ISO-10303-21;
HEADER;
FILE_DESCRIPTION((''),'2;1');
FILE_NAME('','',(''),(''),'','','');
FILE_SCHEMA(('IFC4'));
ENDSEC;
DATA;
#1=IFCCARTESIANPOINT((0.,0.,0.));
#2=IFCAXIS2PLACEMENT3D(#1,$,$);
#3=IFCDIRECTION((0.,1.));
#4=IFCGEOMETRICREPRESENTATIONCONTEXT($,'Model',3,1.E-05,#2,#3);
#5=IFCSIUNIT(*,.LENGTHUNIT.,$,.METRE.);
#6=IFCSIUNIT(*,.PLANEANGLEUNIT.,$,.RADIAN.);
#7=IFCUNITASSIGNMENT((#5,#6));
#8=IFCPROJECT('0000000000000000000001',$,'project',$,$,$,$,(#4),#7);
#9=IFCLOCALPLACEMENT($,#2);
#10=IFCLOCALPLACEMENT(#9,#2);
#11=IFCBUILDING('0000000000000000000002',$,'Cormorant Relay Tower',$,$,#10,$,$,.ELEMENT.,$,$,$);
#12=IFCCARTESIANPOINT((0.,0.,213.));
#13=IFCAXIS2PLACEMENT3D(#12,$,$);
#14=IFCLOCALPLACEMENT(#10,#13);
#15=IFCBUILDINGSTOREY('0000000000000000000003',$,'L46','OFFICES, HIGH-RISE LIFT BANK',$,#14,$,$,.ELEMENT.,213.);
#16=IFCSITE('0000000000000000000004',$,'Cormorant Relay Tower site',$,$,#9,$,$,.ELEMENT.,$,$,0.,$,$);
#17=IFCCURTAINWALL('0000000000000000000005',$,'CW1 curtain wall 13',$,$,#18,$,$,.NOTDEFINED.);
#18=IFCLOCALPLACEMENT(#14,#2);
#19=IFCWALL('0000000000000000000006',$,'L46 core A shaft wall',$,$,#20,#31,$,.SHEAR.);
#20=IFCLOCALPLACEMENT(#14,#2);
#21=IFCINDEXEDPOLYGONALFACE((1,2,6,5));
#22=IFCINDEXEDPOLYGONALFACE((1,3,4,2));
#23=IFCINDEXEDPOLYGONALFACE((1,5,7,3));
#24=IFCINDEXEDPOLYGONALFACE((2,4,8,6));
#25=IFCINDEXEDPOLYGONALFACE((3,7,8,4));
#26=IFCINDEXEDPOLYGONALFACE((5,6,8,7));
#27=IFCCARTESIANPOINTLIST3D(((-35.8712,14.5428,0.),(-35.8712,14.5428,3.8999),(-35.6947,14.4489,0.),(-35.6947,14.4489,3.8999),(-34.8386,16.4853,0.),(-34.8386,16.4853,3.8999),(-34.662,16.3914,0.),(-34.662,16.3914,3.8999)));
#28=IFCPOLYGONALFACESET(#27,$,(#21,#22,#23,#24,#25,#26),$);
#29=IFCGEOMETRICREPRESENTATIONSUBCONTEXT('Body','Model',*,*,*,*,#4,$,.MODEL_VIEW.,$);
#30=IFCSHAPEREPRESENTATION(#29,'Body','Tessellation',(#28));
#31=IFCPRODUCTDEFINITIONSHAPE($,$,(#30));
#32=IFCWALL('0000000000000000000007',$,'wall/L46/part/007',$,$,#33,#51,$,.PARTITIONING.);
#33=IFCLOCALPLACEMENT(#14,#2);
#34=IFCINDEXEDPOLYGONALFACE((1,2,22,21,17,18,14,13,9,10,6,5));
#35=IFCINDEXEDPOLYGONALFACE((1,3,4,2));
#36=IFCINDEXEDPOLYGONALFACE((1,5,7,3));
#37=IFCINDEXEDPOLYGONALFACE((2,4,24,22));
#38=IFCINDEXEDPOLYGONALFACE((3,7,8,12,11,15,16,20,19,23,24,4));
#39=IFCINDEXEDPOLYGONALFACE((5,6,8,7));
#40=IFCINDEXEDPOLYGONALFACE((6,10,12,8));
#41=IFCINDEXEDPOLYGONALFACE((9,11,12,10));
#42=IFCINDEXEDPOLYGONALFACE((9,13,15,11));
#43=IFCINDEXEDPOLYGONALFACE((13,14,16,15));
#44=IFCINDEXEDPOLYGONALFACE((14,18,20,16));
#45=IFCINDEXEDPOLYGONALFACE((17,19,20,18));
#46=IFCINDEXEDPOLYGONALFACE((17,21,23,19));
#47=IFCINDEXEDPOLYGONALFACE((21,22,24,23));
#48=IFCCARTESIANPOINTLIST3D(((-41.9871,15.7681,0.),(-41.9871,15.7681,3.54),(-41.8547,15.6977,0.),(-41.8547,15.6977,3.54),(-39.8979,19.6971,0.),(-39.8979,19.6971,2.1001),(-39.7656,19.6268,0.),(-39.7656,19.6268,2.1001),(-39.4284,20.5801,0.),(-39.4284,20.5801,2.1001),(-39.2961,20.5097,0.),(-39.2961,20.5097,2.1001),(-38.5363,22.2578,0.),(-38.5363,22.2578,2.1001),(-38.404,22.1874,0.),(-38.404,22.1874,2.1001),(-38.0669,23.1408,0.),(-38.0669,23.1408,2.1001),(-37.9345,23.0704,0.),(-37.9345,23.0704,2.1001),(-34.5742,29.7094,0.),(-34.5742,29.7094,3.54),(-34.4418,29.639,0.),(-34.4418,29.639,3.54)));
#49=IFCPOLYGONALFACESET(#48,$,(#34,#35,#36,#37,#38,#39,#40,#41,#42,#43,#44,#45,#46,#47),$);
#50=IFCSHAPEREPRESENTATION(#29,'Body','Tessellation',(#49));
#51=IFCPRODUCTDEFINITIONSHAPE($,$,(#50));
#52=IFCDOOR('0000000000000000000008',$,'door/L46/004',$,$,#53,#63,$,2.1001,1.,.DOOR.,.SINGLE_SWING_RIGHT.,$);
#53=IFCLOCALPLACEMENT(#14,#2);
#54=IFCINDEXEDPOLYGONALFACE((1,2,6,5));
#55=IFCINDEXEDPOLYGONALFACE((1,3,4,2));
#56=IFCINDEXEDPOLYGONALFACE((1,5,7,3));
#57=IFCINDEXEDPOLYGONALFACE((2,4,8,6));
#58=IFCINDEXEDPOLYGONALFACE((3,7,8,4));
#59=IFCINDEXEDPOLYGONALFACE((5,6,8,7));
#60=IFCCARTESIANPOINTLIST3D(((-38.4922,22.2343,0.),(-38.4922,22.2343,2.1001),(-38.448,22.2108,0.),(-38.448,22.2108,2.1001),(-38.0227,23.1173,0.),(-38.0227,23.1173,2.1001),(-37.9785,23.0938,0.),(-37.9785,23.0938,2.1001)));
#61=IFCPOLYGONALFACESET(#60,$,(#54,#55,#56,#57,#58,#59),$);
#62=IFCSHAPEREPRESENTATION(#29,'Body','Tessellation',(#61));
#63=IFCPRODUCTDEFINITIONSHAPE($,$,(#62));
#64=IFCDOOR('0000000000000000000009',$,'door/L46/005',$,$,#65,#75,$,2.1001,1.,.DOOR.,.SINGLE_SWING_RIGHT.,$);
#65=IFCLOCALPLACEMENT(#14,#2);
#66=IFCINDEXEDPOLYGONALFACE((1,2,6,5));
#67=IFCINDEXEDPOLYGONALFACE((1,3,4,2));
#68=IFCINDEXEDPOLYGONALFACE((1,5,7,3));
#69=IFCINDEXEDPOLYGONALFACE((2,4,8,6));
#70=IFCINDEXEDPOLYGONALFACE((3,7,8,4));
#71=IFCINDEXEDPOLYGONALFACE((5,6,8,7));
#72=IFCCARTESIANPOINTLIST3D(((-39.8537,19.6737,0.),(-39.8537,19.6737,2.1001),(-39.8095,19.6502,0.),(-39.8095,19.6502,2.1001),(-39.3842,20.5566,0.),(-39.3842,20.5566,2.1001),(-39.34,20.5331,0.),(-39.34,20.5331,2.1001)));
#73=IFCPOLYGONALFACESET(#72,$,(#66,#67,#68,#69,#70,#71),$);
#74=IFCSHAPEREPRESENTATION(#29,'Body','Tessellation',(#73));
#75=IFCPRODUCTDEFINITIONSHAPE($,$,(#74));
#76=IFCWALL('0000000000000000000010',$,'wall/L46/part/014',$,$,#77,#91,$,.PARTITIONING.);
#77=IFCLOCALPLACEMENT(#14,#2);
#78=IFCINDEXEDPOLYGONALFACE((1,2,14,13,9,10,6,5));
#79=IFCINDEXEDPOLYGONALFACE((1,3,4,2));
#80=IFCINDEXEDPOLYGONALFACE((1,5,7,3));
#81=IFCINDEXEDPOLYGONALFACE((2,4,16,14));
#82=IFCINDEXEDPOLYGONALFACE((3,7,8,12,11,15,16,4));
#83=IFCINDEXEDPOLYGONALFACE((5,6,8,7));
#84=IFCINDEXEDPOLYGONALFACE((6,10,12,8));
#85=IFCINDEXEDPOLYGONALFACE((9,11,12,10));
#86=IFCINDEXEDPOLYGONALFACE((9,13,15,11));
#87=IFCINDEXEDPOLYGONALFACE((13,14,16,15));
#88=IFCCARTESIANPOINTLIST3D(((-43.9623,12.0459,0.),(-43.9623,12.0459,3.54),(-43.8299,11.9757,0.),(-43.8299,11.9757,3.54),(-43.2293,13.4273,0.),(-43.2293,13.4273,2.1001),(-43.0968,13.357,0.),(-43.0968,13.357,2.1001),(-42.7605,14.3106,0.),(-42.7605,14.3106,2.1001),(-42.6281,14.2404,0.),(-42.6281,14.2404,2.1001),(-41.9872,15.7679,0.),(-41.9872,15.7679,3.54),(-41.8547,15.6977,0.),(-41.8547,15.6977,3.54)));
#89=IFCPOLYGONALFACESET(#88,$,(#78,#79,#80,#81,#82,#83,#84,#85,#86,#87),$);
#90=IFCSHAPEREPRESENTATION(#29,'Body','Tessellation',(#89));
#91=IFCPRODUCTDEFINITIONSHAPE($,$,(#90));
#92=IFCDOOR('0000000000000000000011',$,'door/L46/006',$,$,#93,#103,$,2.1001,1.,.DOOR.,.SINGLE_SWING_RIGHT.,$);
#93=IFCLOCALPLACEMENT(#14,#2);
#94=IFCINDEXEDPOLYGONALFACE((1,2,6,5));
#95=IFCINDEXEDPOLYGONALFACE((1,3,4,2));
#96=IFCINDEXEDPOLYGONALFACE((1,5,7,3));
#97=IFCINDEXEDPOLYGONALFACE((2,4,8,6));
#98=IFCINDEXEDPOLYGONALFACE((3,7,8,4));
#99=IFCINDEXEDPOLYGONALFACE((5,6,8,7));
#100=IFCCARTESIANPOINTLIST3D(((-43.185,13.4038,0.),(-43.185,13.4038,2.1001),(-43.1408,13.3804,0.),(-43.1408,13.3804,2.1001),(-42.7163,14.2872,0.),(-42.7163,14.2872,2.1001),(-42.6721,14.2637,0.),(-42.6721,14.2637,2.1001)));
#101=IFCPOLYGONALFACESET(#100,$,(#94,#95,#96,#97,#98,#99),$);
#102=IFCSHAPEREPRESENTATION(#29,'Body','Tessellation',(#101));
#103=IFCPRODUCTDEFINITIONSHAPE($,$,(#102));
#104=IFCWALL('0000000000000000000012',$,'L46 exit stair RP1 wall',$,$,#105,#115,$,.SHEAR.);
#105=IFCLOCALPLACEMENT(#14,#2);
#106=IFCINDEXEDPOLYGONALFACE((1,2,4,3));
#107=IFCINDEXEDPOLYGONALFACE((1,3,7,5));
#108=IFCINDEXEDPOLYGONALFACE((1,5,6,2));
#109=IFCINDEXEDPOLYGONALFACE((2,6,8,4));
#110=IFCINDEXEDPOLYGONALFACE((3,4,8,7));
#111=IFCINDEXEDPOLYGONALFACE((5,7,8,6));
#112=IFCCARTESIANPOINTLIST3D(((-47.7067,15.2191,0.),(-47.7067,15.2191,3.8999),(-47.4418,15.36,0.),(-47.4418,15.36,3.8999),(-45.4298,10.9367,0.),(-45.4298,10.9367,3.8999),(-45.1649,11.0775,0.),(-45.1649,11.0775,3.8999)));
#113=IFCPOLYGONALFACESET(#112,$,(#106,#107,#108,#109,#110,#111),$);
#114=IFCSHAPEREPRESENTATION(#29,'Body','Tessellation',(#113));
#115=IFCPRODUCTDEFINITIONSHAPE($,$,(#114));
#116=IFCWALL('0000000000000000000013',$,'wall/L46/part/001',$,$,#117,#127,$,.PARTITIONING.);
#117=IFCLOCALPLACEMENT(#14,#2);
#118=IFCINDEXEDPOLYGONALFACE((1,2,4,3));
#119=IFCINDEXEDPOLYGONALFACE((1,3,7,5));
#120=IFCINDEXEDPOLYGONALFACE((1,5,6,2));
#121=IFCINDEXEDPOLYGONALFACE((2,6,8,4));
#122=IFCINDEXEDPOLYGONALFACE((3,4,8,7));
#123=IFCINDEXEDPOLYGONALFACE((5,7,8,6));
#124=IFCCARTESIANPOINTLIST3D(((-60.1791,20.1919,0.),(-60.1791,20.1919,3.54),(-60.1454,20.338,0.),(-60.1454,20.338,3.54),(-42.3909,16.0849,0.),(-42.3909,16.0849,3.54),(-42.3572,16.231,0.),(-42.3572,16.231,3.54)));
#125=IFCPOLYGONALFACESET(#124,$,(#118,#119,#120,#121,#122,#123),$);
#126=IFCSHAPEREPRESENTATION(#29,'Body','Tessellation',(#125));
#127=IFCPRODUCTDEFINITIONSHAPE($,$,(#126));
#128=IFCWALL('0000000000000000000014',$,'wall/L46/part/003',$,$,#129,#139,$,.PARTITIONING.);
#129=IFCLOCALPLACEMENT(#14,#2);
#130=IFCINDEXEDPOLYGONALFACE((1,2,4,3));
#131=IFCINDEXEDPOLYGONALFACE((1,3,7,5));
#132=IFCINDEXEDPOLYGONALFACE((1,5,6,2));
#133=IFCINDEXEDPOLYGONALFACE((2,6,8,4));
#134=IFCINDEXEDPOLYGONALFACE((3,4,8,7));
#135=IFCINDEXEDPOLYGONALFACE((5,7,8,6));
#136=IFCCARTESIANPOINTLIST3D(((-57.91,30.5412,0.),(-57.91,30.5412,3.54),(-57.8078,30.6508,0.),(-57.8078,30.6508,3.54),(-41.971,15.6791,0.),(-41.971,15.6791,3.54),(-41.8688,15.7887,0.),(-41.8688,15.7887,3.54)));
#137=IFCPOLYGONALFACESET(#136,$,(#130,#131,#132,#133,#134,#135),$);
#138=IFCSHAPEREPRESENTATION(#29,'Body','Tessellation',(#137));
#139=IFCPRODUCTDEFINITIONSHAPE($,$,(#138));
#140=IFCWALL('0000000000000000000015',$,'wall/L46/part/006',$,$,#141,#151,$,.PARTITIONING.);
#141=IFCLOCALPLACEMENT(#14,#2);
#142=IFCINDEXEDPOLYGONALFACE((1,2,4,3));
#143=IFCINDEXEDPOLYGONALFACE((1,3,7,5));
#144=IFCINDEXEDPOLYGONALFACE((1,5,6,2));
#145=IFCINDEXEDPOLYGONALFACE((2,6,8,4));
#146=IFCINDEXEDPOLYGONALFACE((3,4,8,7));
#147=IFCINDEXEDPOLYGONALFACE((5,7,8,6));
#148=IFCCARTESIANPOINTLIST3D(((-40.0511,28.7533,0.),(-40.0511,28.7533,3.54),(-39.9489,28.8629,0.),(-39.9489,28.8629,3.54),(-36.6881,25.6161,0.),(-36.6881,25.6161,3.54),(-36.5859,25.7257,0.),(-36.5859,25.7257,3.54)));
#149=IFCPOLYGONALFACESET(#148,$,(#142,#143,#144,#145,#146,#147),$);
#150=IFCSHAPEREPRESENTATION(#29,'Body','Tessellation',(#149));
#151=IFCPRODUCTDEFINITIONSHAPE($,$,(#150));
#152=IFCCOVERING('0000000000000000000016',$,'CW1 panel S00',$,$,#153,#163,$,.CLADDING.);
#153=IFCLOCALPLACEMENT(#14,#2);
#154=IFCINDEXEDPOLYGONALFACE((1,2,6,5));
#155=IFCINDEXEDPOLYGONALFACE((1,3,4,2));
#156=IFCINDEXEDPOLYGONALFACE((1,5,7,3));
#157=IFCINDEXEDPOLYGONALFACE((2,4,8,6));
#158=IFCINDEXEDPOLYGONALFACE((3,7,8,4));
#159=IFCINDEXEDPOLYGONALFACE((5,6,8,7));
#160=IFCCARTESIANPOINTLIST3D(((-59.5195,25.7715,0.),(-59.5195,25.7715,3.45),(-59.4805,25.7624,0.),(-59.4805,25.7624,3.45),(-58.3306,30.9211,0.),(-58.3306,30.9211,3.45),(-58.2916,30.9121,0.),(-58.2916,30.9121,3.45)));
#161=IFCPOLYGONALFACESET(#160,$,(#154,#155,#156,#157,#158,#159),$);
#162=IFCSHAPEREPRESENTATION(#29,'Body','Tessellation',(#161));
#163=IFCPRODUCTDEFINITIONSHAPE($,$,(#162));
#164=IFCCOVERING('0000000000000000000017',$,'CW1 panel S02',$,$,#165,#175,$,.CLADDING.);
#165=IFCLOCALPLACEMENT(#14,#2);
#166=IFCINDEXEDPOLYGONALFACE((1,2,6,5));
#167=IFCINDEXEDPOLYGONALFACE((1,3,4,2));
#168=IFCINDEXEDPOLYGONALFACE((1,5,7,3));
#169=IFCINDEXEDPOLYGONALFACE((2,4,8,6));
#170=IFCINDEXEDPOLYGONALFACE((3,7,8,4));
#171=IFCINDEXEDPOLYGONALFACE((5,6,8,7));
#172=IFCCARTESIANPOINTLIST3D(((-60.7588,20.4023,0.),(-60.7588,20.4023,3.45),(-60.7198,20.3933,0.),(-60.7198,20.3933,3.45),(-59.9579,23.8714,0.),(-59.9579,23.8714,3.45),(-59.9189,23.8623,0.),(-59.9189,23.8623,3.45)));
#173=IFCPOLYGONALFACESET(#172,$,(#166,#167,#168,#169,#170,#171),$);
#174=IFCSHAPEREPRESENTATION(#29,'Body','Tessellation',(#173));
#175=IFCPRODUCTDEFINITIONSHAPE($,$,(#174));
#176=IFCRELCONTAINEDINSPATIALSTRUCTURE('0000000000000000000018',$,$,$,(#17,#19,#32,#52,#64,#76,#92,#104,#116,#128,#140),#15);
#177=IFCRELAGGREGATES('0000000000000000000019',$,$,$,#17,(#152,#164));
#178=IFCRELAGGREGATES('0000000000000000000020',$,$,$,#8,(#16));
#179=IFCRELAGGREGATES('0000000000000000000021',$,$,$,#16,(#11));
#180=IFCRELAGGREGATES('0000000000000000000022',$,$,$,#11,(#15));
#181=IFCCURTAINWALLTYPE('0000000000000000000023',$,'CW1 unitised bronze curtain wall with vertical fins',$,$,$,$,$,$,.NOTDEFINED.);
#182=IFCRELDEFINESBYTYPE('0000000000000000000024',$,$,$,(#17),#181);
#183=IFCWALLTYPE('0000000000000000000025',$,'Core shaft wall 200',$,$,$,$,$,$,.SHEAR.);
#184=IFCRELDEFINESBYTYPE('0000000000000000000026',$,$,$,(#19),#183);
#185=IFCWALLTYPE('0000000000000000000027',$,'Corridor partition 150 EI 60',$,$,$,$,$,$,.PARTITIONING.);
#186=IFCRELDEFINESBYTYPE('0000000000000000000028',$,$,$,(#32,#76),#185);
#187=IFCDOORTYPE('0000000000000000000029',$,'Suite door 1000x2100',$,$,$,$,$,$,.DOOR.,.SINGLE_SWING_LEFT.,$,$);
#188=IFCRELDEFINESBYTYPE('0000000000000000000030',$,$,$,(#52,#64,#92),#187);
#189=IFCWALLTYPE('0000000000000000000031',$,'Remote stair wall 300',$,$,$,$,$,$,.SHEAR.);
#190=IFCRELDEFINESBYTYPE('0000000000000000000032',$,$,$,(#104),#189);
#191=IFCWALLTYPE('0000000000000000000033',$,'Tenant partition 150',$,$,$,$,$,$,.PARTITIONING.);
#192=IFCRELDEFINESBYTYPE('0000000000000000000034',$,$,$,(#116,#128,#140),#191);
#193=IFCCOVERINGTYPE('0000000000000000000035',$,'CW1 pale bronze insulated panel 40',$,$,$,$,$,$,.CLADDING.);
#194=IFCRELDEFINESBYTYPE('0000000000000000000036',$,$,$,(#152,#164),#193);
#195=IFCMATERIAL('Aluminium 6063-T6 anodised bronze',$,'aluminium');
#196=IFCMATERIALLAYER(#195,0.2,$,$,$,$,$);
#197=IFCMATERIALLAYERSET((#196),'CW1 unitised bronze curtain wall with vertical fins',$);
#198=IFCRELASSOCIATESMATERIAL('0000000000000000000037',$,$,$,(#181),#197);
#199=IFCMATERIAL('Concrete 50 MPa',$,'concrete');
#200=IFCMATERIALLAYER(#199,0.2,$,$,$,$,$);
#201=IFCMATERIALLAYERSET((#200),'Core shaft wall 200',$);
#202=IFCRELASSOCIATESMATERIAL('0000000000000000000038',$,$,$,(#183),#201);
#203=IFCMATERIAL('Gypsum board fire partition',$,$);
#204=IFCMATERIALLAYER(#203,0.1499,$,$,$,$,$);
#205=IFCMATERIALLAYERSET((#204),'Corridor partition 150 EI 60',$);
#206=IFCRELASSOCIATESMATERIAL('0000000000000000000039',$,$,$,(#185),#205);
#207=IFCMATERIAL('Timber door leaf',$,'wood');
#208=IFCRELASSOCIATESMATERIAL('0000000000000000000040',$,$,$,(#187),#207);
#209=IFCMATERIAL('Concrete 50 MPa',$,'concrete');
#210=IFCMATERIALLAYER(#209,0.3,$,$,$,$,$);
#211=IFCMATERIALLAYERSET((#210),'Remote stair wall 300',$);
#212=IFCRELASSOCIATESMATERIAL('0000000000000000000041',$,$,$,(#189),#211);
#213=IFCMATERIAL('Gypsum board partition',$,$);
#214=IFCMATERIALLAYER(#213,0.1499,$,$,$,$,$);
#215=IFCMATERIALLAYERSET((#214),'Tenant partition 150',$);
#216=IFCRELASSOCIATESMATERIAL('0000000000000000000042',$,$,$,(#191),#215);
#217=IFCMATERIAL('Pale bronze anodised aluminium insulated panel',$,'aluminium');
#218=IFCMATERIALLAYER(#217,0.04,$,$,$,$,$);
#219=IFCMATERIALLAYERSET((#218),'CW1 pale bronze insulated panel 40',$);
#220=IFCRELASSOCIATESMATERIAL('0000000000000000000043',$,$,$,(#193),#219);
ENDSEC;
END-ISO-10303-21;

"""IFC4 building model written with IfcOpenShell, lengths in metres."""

from ifc_helpers import new_model, si_unit, direction, frame, frame_2d, origin, origin_2d, place, context, subcontext, project, spatial, rectangle, extrude, material, layer, layer_set, type_object, element, fill, aggregate, save


model = new_model("IFC4")

# Units and contexts
model_context = context("Model", 3, precision=1e-05, world=origin(), true_north=direction((0.0, 1.0)))
body_context = subcontext(model_context, "Body", "Model", "MODEL_VIEW")
ifc_project = project(units=[si_unit("LENGTHUNIT", "METRE"), si_unit("PLANEANGLEUNIT", "RADIAN")], contexts=[model_context])

# Site, building, storey
site_placement = place(None, origin())
site = spatial("IfcSite", under=ifc_project, at=site_placement, Name="Cormorant Relay Tower site", CompositionType="ELEMENT", RefElevation=0.0)
building_placement = place(site_placement, origin())
building = spatial("IfcBuilding", under=site, at=building_placement, Name="Cormorant Relay Tower", CompositionType="ELEMENT")
storey_placement = place(building_placement, frame((0.0, 0.0, 213.0)))
storey = spatial("IfcBuildingStorey", under=building, at=storey_placement, Name="L46", Description="OFFICES, HIGH-RISE LIFT BANK", CompositionType="ELEMENT", Elevation=213.0)

# Curtain wall
ifc_material_1 = material(Name="Aluminium 6063-T6 anodised bronze", Category="aluminium")
ifc_layer_1 = layer(ifc_material_1, 0.2)
ifc_layer_set_1 = layer_set([ifc_layer_1], Name="CW1 unitised bronze curtain wall with vertical fins")
curtain_wall_type = type_object("IfcCurtainWallType", Name="CW1 unitised bronze curtain wall with vertical fins", PredefinedType="NOTDEFINED", material=ifc_layer_set_1)
curtain_wall_1_placement = place(storey_placement, origin())
curtain_wall_1 = element("IfcCurtainWall", 1, at=curtain_wall_1_placement, inside=storey, type_object=curtain_wall_type, Name="CW1 curtain wall 13", PredefinedType="NOTDEFINED")

# Wall
ifc_material_2 = material(Name="Concrete 50 MPa", Category="concrete")
ifc_layer_2 = layer(ifc_material_2, 0.2)
ifc_layer_set_2 = layer_set([ifc_layer_2], Name="Core shaft wall 200")
wall_type_1 = type_object("IfcWallType", Name="Core shaft wall 200", PredefinedType="SHEAR", material=ifc_layer_set_2)
wall_1_placement = place(storey_placement, frame((-34.7502, 16.4385, 0.0), z_axis=(0.0, 0.0, 1.0), x_axis=(-0.469401, -0.882985, 0.0)))
element("IfcWall", 2, at=wall_1_placement, inside=storey, type_object=wall_type_1, Name="L46 core A shaft wall", PredefinedType="SHEAR", context=body_context, shape_type="SweptSolid", body=[
    extrude(rectangle(XDim=2.2, YDim=0.2, at=frame_2d((1.1001, 0.0))), origin(), (0.0, 0.0, 1.0), 3.8999),
])

# Wall, openings, doors
ifc_material_3 = material(Name="Gypsum board fire partition")
ifc_layer_3 = layer(ifc_material_3, 0.1499)
ifc_layer_set_3 = layer_set([ifc_layer_3], Name="Corridor partition 150 EI 60")
wall_type_2 = type_object("IfcWallType", Name="Corridor partition 150 EI 60", PredefinedType="PARTITIONING", material=ifc_layer_set_3)
wall_2_placement = place(storey_placement, frame((-41.9209, 15.7329, 0.0), z_axis=(0.0, 0.0, 1.0), x_axis=(0.469481, 0.882942, 0.0)))
wall_2 = element("IfcWall", 3, at=wall_2_placement, inside=storey, type_object=wall_type_2, Name="wall/L46/part/007", PredefinedType="PARTITIONING", context=body_context, shape_type="SweptSolid", body=[
    extrude(rectangle(XDim=15.7896, YDim=0.1499, at=frame_2d((7.8948, 0.0))), origin(), (0.0, 0.0, 1.0), 3.54),
])
opening_1_placement = place(wall_2_placement, frame((7.3501, 0.0, 0.0)))
opening_1 = element("IfcOpeningElement", 4, at=opening_1_placement, cuts=wall_2, PredefinedType="OPENING", context=body_context, shape_type="SweptSolid", body=[
    extrude(rectangle(XDim=1.0, YDim=2.1001, at=frame_2d((0.5, 1.05))), frame((0.0, 0.085, 0.0), z_axis=(0.0, -1.0, 0.0), x_axis=(1.0, 0.0, 0.0)), (0.0, 0.0, 1.0), 0.1699),
])
opening_2_placement = place(wall_2_placement, frame((4.45, 0.0, 0.0)))
opening_2 = element("IfcOpeningElement", 5, at=opening_2_placement, cuts=wall_2, PredefinedType="OPENING", context=body_context, shape_type="SweptSolid", body=[
    extrude(rectangle(XDim=1.0, YDim=2.1001, at=frame_2d((0.5, 1.05))), frame((0.0, 0.085, 0.0), z_axis=(0.0, -1.0, 0.0), x_axis=(1.0, 0.0, 0.0)), (0.0, 0.0, 1.0), 0.1699),
])
ifc_material_4 = material(Name="Timber door leaf", Category="wood")
door_type = type_object("IfcDoorType", Name="Suite door 1000x2100", OperationType="SINGLE_SWING_LEFT", PredefinedType="DOOR", material=ifc_material_4)
door_1_placement = place(opening_1_placement, origin())
door_1 = element("IfcDoor", 6, at=door_1_placement, inside=storey, type_object=door_type, Name="door/L46/004", OperationType="SINGLE_SWING_RIGHT", OverallHeight=2.1001, OverallWidth=1.0, PredefinedType="DOOR", context=body_context, shape_type="SweptSolid", body=[
    extrude(rectangle(XDim=1.0, YDim=2.1001, at=frame_2d((0.5, 1.05))), frame((0.0, 0.0249, 0.0), z_axis=(0.0, -1.0, 0.0), x_axis=(1.0, 0.0, 0.0)), (0.0, 0.0, 1.0), 0.05),
])
fill(opening_1, door_1)
door_2_placement = place(opening_2_placement, origin())
door_2 = element("IfcDoor", 7, at=door_2_placement, inside=storey, type_object=door_type, Name="door/L46/005", OperationType="SINGLE_SWING_RIGHT", OverallHeight=2.1001, OverallWidth=1.0, PredefinedType="DOOR", context=body_context, shape_type="SweptSolid", body=[
    extrude(rectangle(XDim=1.0, YDim=2.1001, at=frame_2d((0.5, 1.05))), frame((0.0, 0.0249, 0.0), z_axis=(0.0, -1.0, 0.0), x_axis=(1.0, 0.0, 0.0)), (0.0, 0.0, 1.0), 0.05),
])
fill(opening_2, door_2)

# Wall, opening, door
wall_3_placement = place(storey_placement, frame((-41.9209, 15.7329, 0.0), z_axis=(0.0, 0.0, 1.0), x_axis=(-0.468753, -0.883329, 0.0)))
wall_3 = element("IfcWall", 8, at=wall_3_placement, inside=storey, type_object=wall_type_2, Name="wall/L46/part/014", PredefinedType="PARTITIONING", context=body_context, shape_type="SweptSolid", body=[
    extrude(rectangle(XDim=4.2136, YDim=0.1499, at=frame_2d((2.1069, 0.0))), origin(), (0.0, 0.0, 1.0), 3.54),
])
opening_3_placement = place(wall_3_placement, frame((1.6499, 0.0, 0.0)))
opening_3 = element("IfcOpeningElement", 9, at=opening_3_placement, cuts=wall_3, PredefinedType="OPENING", context=body_context, shape_type="SweptSolid", body=[
    extrude(rectangle(XDim=1.0, YDim=2.1001, at=frame_2d((0.5, 1.05))), frame((0.0, 0.085, 0.0), z_axis=(0.0, -1.0, 0.0), x_axis=(1.0, 0.0, 0.0)), (0.0, 0.0, 1.0), 0.1699),
])
door_3_placement = place(opening_3_placement, frame((1.0, 0.0, 0.0), z_axis=(0.0, 0.0, 1.0), x_axis=(-1.0, 0.0, 0.0)))
door_3 = element("IfcDoor", 10, at=door_3_placement, inside=storey, type_object=door_type, Name="door/L46/006", OperationType="SINGLE_SWING_RIGHT", OverallHeight=2.1001, OverallWidth=1.0, PredefinedType="DOOR", context=body_context, shape_type="SweptSolid", body=[
    extrude(rectangle(XDim=1.0, YDim=2.1001, at=frame_2d((0.5, 1.05))), frame((0.0, 0.0249, 0.0), z_axis=(0.0, -1.0, 0.0), x_axis=(1.0, 0.0, 0.0)), (0.0, 0.0, 1.0), 0.05),
])
fill(opening_3, door_3)

# Walls
ifc_material_5 = material(Name="Concrete 50 MPa", Category="concrete")
ifc_layer_4 = layer(ifc_material_5, 0.3)
ifc_layer_set_4 = layer_set([ifc_layer_4], Name="Remote stair wall 300")
wall_type_3 = type_object("IfcWallType", Name="Remote stair wall 300", PredefinedType="SHEAR", material=ifc_layer_set_4)
wall_4_placement = place(storey_placement, frame((-47.5742, 15.2896, 0.0), z_axis=(0.0, 0.0, 1.0), x_axis=(0.469443, -0.882963, 0.0)))
element("IfcWall", 11, at=wall_4_placement, inside=storey, type_object=wall_type_3, Name="L46 exit stair RP1 wall", PredefinedType="SHEAR", context=body_context, shape_type="SweptSolid", body=[
    extrude(rectangle(XDim=4.8501, YDim=0.3, at=frame_2d((2.425, 0.0))), origin(), (0.0, 0.0, 1.0), 3.8999),
])
ifc_material_6 = material(Name="Gypsum board partition")
ifc_layer_5 = layer(ifc_material_6, 0.1499)
ifc_layer_set_5 = layer_set([ifc_layer_5], Name="Tenant partition 150")
wall_type_4 = type_object("IfcWallType", Name="Tenant partition 150", PredefinedType="PARTITIONING", material=ifc_layer_set_5)
wall_5_placement = place(storey_placement, frame((-60.1621, 20.2649, 0.0), z_axis=(0.0, 0.0, 1.0), x_axis=(0.974367, -0.224963, 0.0)))
element("IfcWall", 12, at=wall_5_placement, inside=storey, type_object=wall_type_4, Name="wall/L46/part/001", PredefinedType="PARTITIONING", context=body_context, shape_type="SweptSolid", body=[
    extrude(rectangle(XDim=18.2561, YDim=0.1499, at=frame_2d((9.1279, 0.0))), origin(), (0.0, 0.0, 1.0), 3.54),
])
wall_6_placement = place(storey_placement, frame((-41.9199, 15.7339, 0.0), z_axis=(0.0, 0.0, 1.0), x_axis=(-0.731383, 0.681967, 0.0)))
element("IfcWall", 13, at=wall_6_placement, inside=storey, type_object=wall_type_4, Name="wall/L46/part/003", PredefinedType="PARTITIONING", context=body_context, shape_type="SweptSolid", body=[
    extrude(rectangle(XDim=21.793, YDim=0.1499, at=frame_2d((10.8965, 0.0))), origin(), (0.0, 0.0, 1.0), 3.54),
])
wall_7_placement = place(storey_placement, frame((-40.0, 28.8081, 0.0), z_axis=(0.0, 0.0, 1.0), x_axis=(0.731232, -0.682129, 0.0)))
element("IfcWall", 14, at=wall_7_placement, inside=storey, type_object=wall_type_4, Name="wall/L46/part/006", PredefinedType="PARTITIONING", context=body_context, shape_type="SweptSolid", body=[
    extrude(rectangle(XDim=4.5991, YDim=0.1499, at=frame_2d((2.2996, 0.0))), origin(), (0.0, 0.0, 1.0), 3.54),
])

# Coverings
ifc_material_7 = material(Name="Pale bronze anodised aluminium insulated panel", Category="aluminium")
ifc_layer_6 = layer(ifc_material_7, 0.04)
ifc_layer_set_6 = layer_set([ifc_layer_6], Name="CW1 pale bronze insulated panel 40")
covering_type = type_object("IfcCoveringType", Name="CW1 pale bronze insulated panel 40", PredefinedType="CLADDING", material=ifc_layer_set_6)
covering_1_placement = place(storey_placement, frame((-58.9055, 28.3418, 0.0), z_axis=(0.0, 0.0, 1.0), x_axis=(-0.224951, -0.97437, 0.0)))
covering_1 = element("IfcCovering", 15, at=covering_1_placement, type_object=covering_type, Name="CW1 panel S00", PredefinedType="CLADDING", context=body_context, shape_type="SweptSolid", body=[
    extrude(rectangle(XDim=5.2852, YDim=0.04, at=origin_2d()), origin(), (0.0, 0.0, 1.0), 3.45),
])
covering_2_placement = place(storey_placement, frame((-60.3389, 22.1323, 0.0), z_axis=(0.0, 0.0, 1.0), x_axis=(-0.224951, -0.97437, 0.0)))
covering_2 = element("IfcCovering", 16, at=covering_2_placement, type_object=covering_type, Name="CW1 panel S02", PredefinedType="CLADDING", context=body_context, shape_type="SweptSolid", body=[
    extrude(rectangle(XDim=3.5603, YDim=0.04, at=origin_2d()), origin(), (0.0, 0.0, 1.0), 3.45),
])
aggregate(curtain_wall_1, [covering_1, covering_2])

save(model, "model.ifc")
